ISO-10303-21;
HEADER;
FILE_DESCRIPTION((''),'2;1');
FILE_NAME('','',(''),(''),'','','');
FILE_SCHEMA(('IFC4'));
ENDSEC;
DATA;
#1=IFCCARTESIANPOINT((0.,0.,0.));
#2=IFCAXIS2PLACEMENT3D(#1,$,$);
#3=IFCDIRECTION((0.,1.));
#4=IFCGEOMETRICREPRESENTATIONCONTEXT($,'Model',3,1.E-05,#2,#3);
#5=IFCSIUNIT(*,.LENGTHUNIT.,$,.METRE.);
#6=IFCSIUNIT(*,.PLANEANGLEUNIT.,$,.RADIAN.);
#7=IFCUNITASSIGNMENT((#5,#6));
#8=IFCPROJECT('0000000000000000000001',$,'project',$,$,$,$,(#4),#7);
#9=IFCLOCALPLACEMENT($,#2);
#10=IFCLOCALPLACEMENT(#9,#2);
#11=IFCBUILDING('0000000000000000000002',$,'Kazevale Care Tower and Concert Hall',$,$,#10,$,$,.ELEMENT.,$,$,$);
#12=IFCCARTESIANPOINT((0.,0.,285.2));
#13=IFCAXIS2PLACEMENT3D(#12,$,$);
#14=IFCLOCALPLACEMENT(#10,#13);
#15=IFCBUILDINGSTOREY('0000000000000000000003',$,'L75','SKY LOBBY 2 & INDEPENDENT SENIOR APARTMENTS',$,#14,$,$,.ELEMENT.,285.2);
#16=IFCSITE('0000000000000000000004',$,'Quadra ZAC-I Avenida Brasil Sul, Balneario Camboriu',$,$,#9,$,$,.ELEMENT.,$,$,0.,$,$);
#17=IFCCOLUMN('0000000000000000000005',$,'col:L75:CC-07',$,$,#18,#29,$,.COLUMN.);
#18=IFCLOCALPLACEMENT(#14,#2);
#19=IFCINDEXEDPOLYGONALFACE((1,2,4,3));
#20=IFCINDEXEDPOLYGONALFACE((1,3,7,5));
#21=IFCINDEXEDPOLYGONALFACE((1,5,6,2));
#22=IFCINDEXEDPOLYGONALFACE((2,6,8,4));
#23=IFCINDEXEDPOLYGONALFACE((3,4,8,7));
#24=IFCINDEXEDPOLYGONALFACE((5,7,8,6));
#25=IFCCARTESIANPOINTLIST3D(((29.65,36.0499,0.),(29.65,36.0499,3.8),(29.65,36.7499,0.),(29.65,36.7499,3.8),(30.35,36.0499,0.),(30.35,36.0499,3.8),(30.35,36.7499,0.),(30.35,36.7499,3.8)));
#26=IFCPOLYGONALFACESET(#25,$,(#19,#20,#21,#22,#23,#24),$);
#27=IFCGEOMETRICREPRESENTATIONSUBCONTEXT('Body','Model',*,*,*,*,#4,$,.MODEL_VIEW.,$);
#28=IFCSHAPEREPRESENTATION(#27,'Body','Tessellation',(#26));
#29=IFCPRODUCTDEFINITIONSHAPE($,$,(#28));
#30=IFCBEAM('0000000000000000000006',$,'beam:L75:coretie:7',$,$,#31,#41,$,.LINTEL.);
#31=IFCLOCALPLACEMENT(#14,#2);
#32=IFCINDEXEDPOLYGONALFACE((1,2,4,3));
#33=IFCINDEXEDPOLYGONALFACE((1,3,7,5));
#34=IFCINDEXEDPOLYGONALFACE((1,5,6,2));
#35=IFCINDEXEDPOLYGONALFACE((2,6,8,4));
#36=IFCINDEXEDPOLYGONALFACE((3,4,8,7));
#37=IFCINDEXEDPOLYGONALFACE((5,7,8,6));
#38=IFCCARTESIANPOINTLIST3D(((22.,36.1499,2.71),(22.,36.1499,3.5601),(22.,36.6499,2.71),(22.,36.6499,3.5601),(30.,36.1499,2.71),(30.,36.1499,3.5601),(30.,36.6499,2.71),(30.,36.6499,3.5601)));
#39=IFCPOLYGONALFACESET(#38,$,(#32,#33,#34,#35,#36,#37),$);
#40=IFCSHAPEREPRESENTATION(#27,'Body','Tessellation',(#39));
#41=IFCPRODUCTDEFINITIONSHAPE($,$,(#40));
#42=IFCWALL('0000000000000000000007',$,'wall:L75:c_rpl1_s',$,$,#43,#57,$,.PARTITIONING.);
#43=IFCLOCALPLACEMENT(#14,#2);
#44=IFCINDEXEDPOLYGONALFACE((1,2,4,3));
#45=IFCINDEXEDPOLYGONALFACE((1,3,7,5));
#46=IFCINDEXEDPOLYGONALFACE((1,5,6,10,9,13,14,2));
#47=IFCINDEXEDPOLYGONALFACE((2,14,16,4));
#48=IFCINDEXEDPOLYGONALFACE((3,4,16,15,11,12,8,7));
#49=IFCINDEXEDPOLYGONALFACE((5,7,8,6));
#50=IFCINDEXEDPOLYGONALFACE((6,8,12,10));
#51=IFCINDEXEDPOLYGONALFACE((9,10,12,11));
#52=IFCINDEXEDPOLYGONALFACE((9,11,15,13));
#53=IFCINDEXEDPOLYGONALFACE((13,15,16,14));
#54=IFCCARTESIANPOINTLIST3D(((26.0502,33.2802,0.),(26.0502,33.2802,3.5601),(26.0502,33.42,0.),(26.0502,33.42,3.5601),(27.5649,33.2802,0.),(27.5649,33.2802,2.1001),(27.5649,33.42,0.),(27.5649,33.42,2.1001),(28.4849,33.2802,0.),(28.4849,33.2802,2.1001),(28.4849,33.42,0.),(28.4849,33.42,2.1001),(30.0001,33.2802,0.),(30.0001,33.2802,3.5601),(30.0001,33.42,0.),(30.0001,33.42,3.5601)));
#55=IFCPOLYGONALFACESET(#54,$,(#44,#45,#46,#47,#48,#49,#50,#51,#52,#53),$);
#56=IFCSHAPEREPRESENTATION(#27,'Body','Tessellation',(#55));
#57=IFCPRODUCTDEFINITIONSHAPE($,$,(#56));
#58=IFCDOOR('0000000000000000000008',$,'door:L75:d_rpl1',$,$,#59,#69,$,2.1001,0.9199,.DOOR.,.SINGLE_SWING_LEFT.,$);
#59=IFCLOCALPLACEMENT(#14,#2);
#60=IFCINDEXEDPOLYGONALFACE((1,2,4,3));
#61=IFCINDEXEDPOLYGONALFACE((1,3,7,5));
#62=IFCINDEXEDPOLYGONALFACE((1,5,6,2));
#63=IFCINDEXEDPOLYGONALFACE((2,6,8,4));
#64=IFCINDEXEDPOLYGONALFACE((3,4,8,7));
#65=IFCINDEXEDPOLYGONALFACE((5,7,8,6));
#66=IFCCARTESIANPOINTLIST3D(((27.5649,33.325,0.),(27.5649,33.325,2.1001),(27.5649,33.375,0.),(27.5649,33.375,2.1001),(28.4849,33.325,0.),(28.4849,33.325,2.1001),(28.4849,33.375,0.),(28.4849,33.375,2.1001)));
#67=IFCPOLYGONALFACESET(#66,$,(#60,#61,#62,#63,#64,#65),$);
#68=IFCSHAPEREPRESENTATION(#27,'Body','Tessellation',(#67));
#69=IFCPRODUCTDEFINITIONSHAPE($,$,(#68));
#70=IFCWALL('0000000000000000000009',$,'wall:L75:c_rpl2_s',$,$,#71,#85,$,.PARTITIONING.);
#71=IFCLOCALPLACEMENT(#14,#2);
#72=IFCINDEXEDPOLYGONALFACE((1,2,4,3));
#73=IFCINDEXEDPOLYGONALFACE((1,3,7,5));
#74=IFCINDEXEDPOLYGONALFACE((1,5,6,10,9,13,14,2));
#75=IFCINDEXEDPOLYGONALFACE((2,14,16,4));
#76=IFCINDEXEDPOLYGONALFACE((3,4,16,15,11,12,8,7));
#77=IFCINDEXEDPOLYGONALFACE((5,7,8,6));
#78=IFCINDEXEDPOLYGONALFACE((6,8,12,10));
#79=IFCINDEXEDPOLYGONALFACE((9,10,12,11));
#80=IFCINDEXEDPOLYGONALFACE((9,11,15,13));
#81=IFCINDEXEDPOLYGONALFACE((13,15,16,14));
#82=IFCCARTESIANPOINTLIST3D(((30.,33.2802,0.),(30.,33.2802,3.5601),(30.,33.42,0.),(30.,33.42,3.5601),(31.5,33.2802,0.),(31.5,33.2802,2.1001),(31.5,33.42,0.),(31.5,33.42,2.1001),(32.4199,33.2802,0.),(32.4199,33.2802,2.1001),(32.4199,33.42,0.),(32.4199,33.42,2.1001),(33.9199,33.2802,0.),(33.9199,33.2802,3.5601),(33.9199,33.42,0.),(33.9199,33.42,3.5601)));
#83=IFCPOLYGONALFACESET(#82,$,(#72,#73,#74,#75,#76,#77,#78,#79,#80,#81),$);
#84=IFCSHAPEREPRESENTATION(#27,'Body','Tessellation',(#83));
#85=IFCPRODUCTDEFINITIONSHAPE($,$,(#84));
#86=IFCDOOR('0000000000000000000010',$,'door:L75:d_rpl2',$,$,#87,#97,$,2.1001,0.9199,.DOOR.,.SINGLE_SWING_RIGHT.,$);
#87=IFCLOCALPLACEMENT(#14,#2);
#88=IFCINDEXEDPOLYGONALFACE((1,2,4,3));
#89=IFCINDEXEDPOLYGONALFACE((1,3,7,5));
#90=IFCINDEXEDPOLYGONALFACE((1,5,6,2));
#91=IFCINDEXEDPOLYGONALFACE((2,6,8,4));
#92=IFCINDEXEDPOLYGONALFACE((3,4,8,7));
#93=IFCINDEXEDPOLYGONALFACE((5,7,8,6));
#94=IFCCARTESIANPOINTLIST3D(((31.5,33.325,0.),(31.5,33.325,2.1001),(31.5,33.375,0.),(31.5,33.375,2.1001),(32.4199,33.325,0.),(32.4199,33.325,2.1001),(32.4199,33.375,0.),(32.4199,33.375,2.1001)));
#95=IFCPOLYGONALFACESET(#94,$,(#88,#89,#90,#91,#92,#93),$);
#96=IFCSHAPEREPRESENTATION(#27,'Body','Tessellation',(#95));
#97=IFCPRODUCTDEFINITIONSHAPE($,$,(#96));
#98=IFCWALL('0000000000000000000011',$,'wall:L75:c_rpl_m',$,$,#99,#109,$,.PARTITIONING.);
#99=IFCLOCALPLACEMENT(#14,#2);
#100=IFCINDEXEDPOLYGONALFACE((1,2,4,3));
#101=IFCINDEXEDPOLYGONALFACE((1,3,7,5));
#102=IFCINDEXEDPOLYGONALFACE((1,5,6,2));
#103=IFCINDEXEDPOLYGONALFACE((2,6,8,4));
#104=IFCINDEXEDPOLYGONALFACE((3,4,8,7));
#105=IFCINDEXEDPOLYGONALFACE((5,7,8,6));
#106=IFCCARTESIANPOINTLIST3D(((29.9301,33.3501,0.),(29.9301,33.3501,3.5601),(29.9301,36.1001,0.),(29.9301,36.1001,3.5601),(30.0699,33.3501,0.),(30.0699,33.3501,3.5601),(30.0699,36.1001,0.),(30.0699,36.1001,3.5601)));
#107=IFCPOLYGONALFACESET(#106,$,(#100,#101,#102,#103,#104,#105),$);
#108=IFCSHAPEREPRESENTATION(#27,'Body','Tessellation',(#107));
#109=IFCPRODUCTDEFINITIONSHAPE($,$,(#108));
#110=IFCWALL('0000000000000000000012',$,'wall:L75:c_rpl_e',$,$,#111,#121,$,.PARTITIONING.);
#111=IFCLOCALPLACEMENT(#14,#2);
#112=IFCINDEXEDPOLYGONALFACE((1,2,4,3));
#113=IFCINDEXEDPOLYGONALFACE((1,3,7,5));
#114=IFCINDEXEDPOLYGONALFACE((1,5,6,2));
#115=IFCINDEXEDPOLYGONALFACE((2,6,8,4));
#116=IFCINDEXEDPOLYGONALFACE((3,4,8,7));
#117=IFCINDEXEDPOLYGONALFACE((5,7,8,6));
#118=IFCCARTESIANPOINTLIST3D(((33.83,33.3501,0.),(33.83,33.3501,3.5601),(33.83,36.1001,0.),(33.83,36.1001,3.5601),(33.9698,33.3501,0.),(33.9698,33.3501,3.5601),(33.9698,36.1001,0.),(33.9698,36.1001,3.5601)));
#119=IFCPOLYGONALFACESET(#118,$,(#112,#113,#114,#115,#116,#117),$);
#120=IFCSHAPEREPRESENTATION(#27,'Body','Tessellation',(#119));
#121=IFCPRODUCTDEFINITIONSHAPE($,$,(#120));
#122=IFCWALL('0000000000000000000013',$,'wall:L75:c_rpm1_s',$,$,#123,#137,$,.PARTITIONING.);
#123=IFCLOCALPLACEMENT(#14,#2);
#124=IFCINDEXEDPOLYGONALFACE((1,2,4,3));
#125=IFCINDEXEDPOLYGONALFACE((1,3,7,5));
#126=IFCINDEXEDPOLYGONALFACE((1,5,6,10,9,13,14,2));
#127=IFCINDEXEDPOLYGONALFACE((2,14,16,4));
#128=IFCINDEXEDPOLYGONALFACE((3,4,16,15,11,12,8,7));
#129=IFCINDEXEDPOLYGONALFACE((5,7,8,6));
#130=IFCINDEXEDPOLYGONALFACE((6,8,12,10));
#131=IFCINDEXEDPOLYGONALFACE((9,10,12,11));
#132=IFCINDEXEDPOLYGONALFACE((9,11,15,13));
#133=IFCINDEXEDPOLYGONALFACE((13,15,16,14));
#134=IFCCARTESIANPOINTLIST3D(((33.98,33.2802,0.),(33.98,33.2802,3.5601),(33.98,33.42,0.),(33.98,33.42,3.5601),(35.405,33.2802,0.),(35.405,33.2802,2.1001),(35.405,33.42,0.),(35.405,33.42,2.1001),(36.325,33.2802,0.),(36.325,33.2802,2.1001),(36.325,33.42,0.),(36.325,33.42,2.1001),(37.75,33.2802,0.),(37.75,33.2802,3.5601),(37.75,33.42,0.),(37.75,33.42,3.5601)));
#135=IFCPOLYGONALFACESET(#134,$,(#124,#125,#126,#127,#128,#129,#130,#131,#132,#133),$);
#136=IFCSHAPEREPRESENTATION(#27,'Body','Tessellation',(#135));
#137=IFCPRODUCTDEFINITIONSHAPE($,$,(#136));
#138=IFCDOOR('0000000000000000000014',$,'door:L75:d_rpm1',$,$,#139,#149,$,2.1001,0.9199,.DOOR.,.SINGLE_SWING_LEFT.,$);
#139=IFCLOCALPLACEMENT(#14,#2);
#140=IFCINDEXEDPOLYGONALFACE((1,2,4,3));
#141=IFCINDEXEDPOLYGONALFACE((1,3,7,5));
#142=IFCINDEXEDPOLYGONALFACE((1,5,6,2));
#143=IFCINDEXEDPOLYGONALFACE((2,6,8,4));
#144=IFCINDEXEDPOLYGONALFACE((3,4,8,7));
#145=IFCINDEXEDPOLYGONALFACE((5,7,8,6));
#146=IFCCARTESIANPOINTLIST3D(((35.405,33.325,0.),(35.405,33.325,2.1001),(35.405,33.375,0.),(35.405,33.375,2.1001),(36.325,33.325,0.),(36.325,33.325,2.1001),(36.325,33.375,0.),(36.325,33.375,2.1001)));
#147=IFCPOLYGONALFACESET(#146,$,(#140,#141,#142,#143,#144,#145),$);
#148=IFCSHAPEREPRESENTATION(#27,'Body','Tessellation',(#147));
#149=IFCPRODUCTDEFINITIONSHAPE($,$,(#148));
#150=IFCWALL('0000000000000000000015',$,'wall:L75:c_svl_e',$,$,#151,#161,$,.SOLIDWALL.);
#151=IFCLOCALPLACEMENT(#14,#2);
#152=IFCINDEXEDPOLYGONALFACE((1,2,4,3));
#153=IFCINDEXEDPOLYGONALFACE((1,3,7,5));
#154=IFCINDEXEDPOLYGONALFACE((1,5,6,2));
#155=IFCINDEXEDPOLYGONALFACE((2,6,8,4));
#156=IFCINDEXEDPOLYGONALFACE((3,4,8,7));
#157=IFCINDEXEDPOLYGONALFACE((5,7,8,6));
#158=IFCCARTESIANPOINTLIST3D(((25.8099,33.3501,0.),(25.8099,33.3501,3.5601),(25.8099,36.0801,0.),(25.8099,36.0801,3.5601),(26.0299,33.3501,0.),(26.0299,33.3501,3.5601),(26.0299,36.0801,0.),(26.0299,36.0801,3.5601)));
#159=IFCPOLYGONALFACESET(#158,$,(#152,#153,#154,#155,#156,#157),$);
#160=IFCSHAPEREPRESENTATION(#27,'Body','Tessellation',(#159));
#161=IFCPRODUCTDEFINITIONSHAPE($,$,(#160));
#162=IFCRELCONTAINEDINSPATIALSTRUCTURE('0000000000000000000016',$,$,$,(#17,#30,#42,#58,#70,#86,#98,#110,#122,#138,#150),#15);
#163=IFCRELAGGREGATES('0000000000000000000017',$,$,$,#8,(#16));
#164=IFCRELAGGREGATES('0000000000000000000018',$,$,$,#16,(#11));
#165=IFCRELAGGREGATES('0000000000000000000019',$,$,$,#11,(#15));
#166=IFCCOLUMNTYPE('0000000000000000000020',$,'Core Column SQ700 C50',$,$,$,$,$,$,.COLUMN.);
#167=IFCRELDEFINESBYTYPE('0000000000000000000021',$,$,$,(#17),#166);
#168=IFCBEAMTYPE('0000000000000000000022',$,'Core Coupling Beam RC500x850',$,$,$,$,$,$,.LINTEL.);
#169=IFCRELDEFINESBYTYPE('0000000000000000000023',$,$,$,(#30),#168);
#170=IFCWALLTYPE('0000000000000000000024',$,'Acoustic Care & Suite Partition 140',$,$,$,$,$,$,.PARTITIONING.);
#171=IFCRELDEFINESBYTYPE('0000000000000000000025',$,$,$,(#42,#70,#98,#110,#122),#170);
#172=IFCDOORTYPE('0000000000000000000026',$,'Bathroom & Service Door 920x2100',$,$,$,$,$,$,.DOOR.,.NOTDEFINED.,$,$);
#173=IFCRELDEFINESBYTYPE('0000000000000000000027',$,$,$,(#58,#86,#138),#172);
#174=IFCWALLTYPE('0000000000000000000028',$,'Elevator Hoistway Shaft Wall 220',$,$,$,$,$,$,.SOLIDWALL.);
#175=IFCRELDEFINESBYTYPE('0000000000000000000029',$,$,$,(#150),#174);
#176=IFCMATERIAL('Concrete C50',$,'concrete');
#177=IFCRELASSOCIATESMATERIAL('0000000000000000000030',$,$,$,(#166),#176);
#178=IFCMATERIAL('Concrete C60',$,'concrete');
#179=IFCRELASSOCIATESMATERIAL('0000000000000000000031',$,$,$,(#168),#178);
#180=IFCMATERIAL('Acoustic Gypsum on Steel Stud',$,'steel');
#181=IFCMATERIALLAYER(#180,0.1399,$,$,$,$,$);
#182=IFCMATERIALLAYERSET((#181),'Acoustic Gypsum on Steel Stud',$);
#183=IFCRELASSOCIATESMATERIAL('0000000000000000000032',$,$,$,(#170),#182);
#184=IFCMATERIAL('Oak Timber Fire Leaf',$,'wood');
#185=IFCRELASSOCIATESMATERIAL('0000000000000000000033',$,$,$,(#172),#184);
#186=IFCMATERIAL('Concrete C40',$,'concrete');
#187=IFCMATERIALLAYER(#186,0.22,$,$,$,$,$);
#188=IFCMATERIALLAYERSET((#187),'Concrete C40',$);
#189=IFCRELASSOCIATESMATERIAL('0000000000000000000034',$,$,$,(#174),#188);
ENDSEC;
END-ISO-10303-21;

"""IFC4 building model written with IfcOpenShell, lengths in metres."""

from ifc_helpers import new_model, si_unit, direction, frame, frame_2d, origin, origin_2d, place, context, subcontext, project, spatial, rectangle, extrude, material, layer, layer_set, material_profile, profile_set, type_object, element, fill, save


model = new_model("IFC4")

# Units and contexts
model_context = context("Model", 3, precision=1e-05, world=origin(), true_north=direction((0.0, 1.0)))
body_context = subcontext(model_context, "Body", "Model", "MODEL_VIEW")
ifc_project = project(units=[si_unit("LENGTHUNIT", "METRE"), si_unit("PLANEANGLEUNIT", "RADIAN")], contexts=[model_context])

# Site, building, storey
site_placement = place(None, origin())
site = spatial("IfcSite", under=ifc_project, at=site_placement, Name="Quadra ZAC-I Avenida Brasil Sul, Balneario Camboriu", CompositionType="ELEMENT", RefElevation=0.0)
building_placement = place(site_placement, origin())
building = spatial("IfcBuilding", under=site, at=building_placement, Name="Kazevale Care Tower and Concert Hall", CompositionType="ELEMENT")
storey_placement = place(building_placement, frame((0.0, 0.0, 285.2)))
storey = spatial("IfcBuildingStorey", under=building, at=storey_placement, Name="L75", Description="SKY LOBBY 2 & INDEPENDENT SENIOR APARTMENTS", CompositionType="ELEMENT", Elevation=285.2)

# Column
ifc_material_1 = material(Name="Concrete C50", Category="concrete")
ifc_material_profile_1 = material_profile(ifc_material_1, rectangle(XDim=0.7, YDim=0.7, at=origin_2d()), Name="RC-SQ700")
ifc_profile_set_1 = profile_set([ifc_material_profile_1], Name="Concrete C50")
column_type = type_object("IfcColumnType", Name="Core Column SQ700 C50", PredefinedType="COLUMN", material=ifc_profile_set_1)
column_placement = place(storey_placement, frame((30.0, 36.3999, 0.0), z_axis=(0.0, 0.0, 1.0), x_axis=(1.0, 0.0, 0.0)))
element("IfcColumn", 1, at=column_placement, inside=storey, type_object=column_type, Name="col:L75:CC-07", PredefinedType="COLUMN", context=body_context, shape_type="SweptSolid", body=[
    extrude(rectangle(XDim=0.7, YDim=0.7, at=origin_2d()), origin(), (0.0, 0.0, 1.0), 3.8),
])

# Beam
ifc_material_2 = material(Name="Concrete C60", Category="concrete")
ifc_material_profile_2 = material_profile(ifc_material_2, rectangle(XDim=0.5, YDim=0.8501, at=origin_2d()), Name="RC-B500x850")
ifc_profile_set_2 = profile_set([ifc_material_profile_2], Name="Concrete C60")
beam_type = type_object("IfcBeamType", Name="Core Coupling Beam RC500x850", PredefinedType="LINTEL", material=ifc_profile_set_2)
beam_placement = place(storey_placement, frame((30.0, 36.3999, 3.135), z_axis=(-1.0, 0.0, 0.0), x_axis=(0.0, -1.0, 0.0)))
element("IfcBeam", 2, at=beam_placement, inside=storey, type_object=beam_type, Name="beam:L75:coretie:7", PredefinedType="LINTEL", context=body_context, shape_type="SweptSolid", body=[
    extrude(rectangle(XDim=0.5, YDim=0.8501, at=origin_2d()), origin(), (0.0, 0.0, 1.0), 8.0),
])

# Walls, openings, doors
ifc_material_3 = material(Name="Acoustic Gypsum on Steel Stud", Category="steel")
ifc_layer_1 = layer(ifc_material_3, 0.1399)
ifc_layer_set_1 = layer_set([ifc_layer_1], Name="Acoustic Gypsum on Steel Stud")
wall_type_1 = type_object("IfcWallType", Name="Acoustic Care & Suite Partition 140", PredefinedType="PARTITIONING", material=ifc_layer_set_1)
wall_1_placement = place(storey_placement, frame((26.05, 33.3501, 0.0), z_axis=(0.0, 0.0, 1.0), x_axis=(1.0, 0.0, 0.0)))
wall_1 = element("IfcWall", 3, at=wall_1_placement, inside=storey, type_object=wall_type_1, Name="wall:L75:c_rpl1_s", PredefinedType="PARTITIONING", context=body_context, shape_type="SweptSolid", body=[
    extrude(rectangle(XDim=3.95, YDim=0.1399, at=frame_2d((1.9751, 0.0))), origin(), (0.0, 0.0, 1.0), 3.5601),
])
opening_1_placement = place(wall_1_placement, frame((1.5149, 0.0, 0.0)))
opening_1 = element("IfcOpeningElement", 4, at=opening_1_placement, cuts=wall_1, PredefinedType="OPENING", context=body_context, shape_type="SweptSolid", body=[
    extrude(rectangle(XDim=0.9199, YDim=2.1001, at=frame_2d((0.46, 1.05))), frame((0.0, 0.0798, 0.0), z_axis=(0.0, -1.0, 0.0), x_axis=(1.0, 0.0, 0.0)), (0.0, 0.0, 1.0), 0.1599),
])
ifc_material_4 = material(Name="Oak Timber Fire Leaf", Category="wood")
door_type_1 = type_object("IfcDoorType", Name="Bathroom & Service Door 920x2100", OperationType="NOTDEFINED", PredefinedType="DOOR", material=ifc_material_4)
door_1_placement = place(opening_1_placement, origin())
door_1 = element("IfcDoor", 5, at=door_1_placement, inside=storey, type_object=door_type_1, Name="door:L75:d_rpl1", OperationType="SINGLE_SWING_LEFT", OverallHeight=2.1001, OverallWidth=0.9199, PredefinedType="DOOR", context=body_context, shape_type="SweptSolid", body=[
    extrude(rectangle(XDim=0.9199, YDim=2.1001, at=frame_2d((0.46, 1.05))), frame((0.0, 0.0249, 0.0), z_axis=(0.0, -1.0, 0.0), x_axis=(1.0, 0.0, 0.0)), (0.0, 0.0, 1.0), 0.05),
])
fill(opening_1, door_1)
wall_2_placement = place(storey_placement, frame((30.0, 33.3501, 0.0), z_axis=(0.0, 0.0, 1.0), x_axis=(1.0, 0.0, 0.0)))
wall_2 = element("IfcWall", 6, at=wall_2_placement, inside=storey, type_object=wall_type_1, Name="wall:L75:c_rpl2_s", PredefinedType="PARTITIONING", context=body_context, shape_type="SweptSolid", body=[
    extrude(rectangle(XDim=3.9199, YDim=0.1399, at=frame_2d((1.96, 0.0))), origin(), (0.0, 0.0, 1.0), 3.5601),
])
opening_2_placement = place(wall_2_placement, frame((1.5, 0.0, 0.0)))
opening_2 = element("IfcOpeningElement", 7, at=opening_2_placement, cuts=wall_2, PredefinedType="OPENING", context=body_context, shape_type="SweptSolid", body=[
    extrude(rectangle(XDim=0.9199, YDim=2.1001, at=frame_2d((0.46, 1.05))), frame((0.0, 0.0798, 0.0), z_axis=(0.0, -1.0, 0.0), x_axis=(1.0, 0.0, 0.0)), (0.0, 0.0, 1.0), 0.1599),
])
door_2_placement = place(opening_2_placement, origin())
door_2 = element("IfcDoor", 8, at=door_2_placement, inside=storey, type_object=door_type_1, Name="door:L75:d_rpl2", OperationType="SINGLE_SWING_RIGHT", OverallHeight=2.1001, OverallWidth=0.9199, PredefinedType="DOOR", context=body_context, shape_type="SweptSolid", body=[
    extrude(rectangle(XDim=0.9199, YDim=2.1001, at=frame_2d((0.46, 1.05))), frame((0.0, 0.0249, 0.0), z_axis=(0.0, -1.0, 0.0), x_axis=(1.0, 0.0, 0.0)), (0.0, 0.0, 1.0), 0.05),
])
fill(opening_2, door_2)

# Walls
for number, where, z_axis, x_axis, name in (
    (9, (30.0, 33.3501, 0.0), (0.0, 0.0, 1.0), (0.0, 1.0, 0.0), "wall:L75:c_rpl_m"),
    (10, (33.8999, 33.3501, 0.0), (0.0, 0.0, 1.0), (0.0, 1.0, 0.0), "wall:L75:c_rpl_e"),
):
    element("IfcWall", number, at=place(storey_placement, frame(where, z_axis=z_axis, x_axis=x_axis)), inside=storey, type_object=wall_type_1, Name=name, PredefinedType="PARTITIONING", context=body_context, shape_type="SweptSolid", body=[
        extrude(rectangle(XDim=2.75, YDim=0.1399, at=frame_2d((1.375, 0.0))), origin(), (0.0, 0.0, 1.0), 3.5601),
    ])

# Wall, opening, door
wall_3_placement = place(storey_placement, frame((33.98, 33.3501, 0.0), z_axis=(0.0, 0.0, 1.0), x_axis=(1.0, 0.0, 0.0)))
wall_3 = element("IfcWall", 11, at=wall_3_placement, inside=storey, type_object=wall_type_1, Name="wall:L75:c_rpm1_s", PredefinedType="PARTITIONING", context=body_context, shape_type="SweptSolid", body=[
    extrude(rectangle(XDim=3.77, YDim=0.1399, at=frame_2d((1.885, 0.0))), origin(), (0.0, 0.0, 1.0), 3.5601),
])
opening_3_placement = place(wall_3_placement, frame((1.425, 0.0, 0.0)))
opening_3 = element("IfcOpeningElement", 12, at=opening_3_placement, cuts=wall_3, PredefinedType="OPENING", context=body_context, shape_type="SweptSolid", body=[
    extrude(rectangle(XDim=0.9199, YDim=2.1001, at=frame_2d((0.46, 1.05))), frame((0.0, 0.0798, 0.0), z_axis=(0.0, -1.0, 0.0), x_axis=(1.0, 0.0, 0.0)), (0.0, 0.0, 1.0), 0.1599),
])
door_3_placement = place(opening_3_placement, origin())
door_3 = element("IfcDoor", 13, at=door_3_placement, inside=storey, type_object=door_type_1, Name="door:L75:d_rpm1", OperationType="SINGLE_SWING_LEFT", OverallHeight=2.1001, OverallWidth=0.9199, PredefinedType="DOOR", context=body_context, shape_type="SweptSolid", body=[
    extrude(rectangle(XDim=0.9199, YDim=2.1001, at=frame_2d((0.46, 1.05))), frame((0.0, 0.0249, 0.0), z_axis=(0.0, -1.0, 0.0), x_axis=(1.0, 0.0, 0.0)), (0.0, 0.0, 1.0), 0.05),
])
fill(opening_3, door_3)

# Wall
ifc_material_5 = material(Name="Concrete C40", Category="concrete")
ifc_layer_2 = layer(ifc_material_5, 0.22)
ifc_layer_set_2 = layer_set([ifc_layer_2], Name="Concrete C40")
wall_type_2 = type_object("IfcWallType", Name="Elevator Hoistway Shaft Wall 220", PredefinedType="SOLIDWALL", material=ifc_layer_set_2)
wall_4_placement = place(storey_placement, frame((25.9199, 33.3501, 0.0), z_axis=(0.0, 0.0, 1.0), x_axis=(0.0, 1.0, 0.0)))
element("IfcWall", 14, at=wall_4_placement, inside=storey, type_object=wall_type_2, Name="wall:L75:c_svl_e", PredefinedType="SOLIDWALL", context=body_context, shape_type="SweptSolid", body=[
    extrude(rectangle(XDim=2.73, YDim=0.22, at=frame_2d((1.365, 0.0))), origin(), (0.0, 0.0, 1.0), 3.5601),
])

save(model, "model.ifc")
